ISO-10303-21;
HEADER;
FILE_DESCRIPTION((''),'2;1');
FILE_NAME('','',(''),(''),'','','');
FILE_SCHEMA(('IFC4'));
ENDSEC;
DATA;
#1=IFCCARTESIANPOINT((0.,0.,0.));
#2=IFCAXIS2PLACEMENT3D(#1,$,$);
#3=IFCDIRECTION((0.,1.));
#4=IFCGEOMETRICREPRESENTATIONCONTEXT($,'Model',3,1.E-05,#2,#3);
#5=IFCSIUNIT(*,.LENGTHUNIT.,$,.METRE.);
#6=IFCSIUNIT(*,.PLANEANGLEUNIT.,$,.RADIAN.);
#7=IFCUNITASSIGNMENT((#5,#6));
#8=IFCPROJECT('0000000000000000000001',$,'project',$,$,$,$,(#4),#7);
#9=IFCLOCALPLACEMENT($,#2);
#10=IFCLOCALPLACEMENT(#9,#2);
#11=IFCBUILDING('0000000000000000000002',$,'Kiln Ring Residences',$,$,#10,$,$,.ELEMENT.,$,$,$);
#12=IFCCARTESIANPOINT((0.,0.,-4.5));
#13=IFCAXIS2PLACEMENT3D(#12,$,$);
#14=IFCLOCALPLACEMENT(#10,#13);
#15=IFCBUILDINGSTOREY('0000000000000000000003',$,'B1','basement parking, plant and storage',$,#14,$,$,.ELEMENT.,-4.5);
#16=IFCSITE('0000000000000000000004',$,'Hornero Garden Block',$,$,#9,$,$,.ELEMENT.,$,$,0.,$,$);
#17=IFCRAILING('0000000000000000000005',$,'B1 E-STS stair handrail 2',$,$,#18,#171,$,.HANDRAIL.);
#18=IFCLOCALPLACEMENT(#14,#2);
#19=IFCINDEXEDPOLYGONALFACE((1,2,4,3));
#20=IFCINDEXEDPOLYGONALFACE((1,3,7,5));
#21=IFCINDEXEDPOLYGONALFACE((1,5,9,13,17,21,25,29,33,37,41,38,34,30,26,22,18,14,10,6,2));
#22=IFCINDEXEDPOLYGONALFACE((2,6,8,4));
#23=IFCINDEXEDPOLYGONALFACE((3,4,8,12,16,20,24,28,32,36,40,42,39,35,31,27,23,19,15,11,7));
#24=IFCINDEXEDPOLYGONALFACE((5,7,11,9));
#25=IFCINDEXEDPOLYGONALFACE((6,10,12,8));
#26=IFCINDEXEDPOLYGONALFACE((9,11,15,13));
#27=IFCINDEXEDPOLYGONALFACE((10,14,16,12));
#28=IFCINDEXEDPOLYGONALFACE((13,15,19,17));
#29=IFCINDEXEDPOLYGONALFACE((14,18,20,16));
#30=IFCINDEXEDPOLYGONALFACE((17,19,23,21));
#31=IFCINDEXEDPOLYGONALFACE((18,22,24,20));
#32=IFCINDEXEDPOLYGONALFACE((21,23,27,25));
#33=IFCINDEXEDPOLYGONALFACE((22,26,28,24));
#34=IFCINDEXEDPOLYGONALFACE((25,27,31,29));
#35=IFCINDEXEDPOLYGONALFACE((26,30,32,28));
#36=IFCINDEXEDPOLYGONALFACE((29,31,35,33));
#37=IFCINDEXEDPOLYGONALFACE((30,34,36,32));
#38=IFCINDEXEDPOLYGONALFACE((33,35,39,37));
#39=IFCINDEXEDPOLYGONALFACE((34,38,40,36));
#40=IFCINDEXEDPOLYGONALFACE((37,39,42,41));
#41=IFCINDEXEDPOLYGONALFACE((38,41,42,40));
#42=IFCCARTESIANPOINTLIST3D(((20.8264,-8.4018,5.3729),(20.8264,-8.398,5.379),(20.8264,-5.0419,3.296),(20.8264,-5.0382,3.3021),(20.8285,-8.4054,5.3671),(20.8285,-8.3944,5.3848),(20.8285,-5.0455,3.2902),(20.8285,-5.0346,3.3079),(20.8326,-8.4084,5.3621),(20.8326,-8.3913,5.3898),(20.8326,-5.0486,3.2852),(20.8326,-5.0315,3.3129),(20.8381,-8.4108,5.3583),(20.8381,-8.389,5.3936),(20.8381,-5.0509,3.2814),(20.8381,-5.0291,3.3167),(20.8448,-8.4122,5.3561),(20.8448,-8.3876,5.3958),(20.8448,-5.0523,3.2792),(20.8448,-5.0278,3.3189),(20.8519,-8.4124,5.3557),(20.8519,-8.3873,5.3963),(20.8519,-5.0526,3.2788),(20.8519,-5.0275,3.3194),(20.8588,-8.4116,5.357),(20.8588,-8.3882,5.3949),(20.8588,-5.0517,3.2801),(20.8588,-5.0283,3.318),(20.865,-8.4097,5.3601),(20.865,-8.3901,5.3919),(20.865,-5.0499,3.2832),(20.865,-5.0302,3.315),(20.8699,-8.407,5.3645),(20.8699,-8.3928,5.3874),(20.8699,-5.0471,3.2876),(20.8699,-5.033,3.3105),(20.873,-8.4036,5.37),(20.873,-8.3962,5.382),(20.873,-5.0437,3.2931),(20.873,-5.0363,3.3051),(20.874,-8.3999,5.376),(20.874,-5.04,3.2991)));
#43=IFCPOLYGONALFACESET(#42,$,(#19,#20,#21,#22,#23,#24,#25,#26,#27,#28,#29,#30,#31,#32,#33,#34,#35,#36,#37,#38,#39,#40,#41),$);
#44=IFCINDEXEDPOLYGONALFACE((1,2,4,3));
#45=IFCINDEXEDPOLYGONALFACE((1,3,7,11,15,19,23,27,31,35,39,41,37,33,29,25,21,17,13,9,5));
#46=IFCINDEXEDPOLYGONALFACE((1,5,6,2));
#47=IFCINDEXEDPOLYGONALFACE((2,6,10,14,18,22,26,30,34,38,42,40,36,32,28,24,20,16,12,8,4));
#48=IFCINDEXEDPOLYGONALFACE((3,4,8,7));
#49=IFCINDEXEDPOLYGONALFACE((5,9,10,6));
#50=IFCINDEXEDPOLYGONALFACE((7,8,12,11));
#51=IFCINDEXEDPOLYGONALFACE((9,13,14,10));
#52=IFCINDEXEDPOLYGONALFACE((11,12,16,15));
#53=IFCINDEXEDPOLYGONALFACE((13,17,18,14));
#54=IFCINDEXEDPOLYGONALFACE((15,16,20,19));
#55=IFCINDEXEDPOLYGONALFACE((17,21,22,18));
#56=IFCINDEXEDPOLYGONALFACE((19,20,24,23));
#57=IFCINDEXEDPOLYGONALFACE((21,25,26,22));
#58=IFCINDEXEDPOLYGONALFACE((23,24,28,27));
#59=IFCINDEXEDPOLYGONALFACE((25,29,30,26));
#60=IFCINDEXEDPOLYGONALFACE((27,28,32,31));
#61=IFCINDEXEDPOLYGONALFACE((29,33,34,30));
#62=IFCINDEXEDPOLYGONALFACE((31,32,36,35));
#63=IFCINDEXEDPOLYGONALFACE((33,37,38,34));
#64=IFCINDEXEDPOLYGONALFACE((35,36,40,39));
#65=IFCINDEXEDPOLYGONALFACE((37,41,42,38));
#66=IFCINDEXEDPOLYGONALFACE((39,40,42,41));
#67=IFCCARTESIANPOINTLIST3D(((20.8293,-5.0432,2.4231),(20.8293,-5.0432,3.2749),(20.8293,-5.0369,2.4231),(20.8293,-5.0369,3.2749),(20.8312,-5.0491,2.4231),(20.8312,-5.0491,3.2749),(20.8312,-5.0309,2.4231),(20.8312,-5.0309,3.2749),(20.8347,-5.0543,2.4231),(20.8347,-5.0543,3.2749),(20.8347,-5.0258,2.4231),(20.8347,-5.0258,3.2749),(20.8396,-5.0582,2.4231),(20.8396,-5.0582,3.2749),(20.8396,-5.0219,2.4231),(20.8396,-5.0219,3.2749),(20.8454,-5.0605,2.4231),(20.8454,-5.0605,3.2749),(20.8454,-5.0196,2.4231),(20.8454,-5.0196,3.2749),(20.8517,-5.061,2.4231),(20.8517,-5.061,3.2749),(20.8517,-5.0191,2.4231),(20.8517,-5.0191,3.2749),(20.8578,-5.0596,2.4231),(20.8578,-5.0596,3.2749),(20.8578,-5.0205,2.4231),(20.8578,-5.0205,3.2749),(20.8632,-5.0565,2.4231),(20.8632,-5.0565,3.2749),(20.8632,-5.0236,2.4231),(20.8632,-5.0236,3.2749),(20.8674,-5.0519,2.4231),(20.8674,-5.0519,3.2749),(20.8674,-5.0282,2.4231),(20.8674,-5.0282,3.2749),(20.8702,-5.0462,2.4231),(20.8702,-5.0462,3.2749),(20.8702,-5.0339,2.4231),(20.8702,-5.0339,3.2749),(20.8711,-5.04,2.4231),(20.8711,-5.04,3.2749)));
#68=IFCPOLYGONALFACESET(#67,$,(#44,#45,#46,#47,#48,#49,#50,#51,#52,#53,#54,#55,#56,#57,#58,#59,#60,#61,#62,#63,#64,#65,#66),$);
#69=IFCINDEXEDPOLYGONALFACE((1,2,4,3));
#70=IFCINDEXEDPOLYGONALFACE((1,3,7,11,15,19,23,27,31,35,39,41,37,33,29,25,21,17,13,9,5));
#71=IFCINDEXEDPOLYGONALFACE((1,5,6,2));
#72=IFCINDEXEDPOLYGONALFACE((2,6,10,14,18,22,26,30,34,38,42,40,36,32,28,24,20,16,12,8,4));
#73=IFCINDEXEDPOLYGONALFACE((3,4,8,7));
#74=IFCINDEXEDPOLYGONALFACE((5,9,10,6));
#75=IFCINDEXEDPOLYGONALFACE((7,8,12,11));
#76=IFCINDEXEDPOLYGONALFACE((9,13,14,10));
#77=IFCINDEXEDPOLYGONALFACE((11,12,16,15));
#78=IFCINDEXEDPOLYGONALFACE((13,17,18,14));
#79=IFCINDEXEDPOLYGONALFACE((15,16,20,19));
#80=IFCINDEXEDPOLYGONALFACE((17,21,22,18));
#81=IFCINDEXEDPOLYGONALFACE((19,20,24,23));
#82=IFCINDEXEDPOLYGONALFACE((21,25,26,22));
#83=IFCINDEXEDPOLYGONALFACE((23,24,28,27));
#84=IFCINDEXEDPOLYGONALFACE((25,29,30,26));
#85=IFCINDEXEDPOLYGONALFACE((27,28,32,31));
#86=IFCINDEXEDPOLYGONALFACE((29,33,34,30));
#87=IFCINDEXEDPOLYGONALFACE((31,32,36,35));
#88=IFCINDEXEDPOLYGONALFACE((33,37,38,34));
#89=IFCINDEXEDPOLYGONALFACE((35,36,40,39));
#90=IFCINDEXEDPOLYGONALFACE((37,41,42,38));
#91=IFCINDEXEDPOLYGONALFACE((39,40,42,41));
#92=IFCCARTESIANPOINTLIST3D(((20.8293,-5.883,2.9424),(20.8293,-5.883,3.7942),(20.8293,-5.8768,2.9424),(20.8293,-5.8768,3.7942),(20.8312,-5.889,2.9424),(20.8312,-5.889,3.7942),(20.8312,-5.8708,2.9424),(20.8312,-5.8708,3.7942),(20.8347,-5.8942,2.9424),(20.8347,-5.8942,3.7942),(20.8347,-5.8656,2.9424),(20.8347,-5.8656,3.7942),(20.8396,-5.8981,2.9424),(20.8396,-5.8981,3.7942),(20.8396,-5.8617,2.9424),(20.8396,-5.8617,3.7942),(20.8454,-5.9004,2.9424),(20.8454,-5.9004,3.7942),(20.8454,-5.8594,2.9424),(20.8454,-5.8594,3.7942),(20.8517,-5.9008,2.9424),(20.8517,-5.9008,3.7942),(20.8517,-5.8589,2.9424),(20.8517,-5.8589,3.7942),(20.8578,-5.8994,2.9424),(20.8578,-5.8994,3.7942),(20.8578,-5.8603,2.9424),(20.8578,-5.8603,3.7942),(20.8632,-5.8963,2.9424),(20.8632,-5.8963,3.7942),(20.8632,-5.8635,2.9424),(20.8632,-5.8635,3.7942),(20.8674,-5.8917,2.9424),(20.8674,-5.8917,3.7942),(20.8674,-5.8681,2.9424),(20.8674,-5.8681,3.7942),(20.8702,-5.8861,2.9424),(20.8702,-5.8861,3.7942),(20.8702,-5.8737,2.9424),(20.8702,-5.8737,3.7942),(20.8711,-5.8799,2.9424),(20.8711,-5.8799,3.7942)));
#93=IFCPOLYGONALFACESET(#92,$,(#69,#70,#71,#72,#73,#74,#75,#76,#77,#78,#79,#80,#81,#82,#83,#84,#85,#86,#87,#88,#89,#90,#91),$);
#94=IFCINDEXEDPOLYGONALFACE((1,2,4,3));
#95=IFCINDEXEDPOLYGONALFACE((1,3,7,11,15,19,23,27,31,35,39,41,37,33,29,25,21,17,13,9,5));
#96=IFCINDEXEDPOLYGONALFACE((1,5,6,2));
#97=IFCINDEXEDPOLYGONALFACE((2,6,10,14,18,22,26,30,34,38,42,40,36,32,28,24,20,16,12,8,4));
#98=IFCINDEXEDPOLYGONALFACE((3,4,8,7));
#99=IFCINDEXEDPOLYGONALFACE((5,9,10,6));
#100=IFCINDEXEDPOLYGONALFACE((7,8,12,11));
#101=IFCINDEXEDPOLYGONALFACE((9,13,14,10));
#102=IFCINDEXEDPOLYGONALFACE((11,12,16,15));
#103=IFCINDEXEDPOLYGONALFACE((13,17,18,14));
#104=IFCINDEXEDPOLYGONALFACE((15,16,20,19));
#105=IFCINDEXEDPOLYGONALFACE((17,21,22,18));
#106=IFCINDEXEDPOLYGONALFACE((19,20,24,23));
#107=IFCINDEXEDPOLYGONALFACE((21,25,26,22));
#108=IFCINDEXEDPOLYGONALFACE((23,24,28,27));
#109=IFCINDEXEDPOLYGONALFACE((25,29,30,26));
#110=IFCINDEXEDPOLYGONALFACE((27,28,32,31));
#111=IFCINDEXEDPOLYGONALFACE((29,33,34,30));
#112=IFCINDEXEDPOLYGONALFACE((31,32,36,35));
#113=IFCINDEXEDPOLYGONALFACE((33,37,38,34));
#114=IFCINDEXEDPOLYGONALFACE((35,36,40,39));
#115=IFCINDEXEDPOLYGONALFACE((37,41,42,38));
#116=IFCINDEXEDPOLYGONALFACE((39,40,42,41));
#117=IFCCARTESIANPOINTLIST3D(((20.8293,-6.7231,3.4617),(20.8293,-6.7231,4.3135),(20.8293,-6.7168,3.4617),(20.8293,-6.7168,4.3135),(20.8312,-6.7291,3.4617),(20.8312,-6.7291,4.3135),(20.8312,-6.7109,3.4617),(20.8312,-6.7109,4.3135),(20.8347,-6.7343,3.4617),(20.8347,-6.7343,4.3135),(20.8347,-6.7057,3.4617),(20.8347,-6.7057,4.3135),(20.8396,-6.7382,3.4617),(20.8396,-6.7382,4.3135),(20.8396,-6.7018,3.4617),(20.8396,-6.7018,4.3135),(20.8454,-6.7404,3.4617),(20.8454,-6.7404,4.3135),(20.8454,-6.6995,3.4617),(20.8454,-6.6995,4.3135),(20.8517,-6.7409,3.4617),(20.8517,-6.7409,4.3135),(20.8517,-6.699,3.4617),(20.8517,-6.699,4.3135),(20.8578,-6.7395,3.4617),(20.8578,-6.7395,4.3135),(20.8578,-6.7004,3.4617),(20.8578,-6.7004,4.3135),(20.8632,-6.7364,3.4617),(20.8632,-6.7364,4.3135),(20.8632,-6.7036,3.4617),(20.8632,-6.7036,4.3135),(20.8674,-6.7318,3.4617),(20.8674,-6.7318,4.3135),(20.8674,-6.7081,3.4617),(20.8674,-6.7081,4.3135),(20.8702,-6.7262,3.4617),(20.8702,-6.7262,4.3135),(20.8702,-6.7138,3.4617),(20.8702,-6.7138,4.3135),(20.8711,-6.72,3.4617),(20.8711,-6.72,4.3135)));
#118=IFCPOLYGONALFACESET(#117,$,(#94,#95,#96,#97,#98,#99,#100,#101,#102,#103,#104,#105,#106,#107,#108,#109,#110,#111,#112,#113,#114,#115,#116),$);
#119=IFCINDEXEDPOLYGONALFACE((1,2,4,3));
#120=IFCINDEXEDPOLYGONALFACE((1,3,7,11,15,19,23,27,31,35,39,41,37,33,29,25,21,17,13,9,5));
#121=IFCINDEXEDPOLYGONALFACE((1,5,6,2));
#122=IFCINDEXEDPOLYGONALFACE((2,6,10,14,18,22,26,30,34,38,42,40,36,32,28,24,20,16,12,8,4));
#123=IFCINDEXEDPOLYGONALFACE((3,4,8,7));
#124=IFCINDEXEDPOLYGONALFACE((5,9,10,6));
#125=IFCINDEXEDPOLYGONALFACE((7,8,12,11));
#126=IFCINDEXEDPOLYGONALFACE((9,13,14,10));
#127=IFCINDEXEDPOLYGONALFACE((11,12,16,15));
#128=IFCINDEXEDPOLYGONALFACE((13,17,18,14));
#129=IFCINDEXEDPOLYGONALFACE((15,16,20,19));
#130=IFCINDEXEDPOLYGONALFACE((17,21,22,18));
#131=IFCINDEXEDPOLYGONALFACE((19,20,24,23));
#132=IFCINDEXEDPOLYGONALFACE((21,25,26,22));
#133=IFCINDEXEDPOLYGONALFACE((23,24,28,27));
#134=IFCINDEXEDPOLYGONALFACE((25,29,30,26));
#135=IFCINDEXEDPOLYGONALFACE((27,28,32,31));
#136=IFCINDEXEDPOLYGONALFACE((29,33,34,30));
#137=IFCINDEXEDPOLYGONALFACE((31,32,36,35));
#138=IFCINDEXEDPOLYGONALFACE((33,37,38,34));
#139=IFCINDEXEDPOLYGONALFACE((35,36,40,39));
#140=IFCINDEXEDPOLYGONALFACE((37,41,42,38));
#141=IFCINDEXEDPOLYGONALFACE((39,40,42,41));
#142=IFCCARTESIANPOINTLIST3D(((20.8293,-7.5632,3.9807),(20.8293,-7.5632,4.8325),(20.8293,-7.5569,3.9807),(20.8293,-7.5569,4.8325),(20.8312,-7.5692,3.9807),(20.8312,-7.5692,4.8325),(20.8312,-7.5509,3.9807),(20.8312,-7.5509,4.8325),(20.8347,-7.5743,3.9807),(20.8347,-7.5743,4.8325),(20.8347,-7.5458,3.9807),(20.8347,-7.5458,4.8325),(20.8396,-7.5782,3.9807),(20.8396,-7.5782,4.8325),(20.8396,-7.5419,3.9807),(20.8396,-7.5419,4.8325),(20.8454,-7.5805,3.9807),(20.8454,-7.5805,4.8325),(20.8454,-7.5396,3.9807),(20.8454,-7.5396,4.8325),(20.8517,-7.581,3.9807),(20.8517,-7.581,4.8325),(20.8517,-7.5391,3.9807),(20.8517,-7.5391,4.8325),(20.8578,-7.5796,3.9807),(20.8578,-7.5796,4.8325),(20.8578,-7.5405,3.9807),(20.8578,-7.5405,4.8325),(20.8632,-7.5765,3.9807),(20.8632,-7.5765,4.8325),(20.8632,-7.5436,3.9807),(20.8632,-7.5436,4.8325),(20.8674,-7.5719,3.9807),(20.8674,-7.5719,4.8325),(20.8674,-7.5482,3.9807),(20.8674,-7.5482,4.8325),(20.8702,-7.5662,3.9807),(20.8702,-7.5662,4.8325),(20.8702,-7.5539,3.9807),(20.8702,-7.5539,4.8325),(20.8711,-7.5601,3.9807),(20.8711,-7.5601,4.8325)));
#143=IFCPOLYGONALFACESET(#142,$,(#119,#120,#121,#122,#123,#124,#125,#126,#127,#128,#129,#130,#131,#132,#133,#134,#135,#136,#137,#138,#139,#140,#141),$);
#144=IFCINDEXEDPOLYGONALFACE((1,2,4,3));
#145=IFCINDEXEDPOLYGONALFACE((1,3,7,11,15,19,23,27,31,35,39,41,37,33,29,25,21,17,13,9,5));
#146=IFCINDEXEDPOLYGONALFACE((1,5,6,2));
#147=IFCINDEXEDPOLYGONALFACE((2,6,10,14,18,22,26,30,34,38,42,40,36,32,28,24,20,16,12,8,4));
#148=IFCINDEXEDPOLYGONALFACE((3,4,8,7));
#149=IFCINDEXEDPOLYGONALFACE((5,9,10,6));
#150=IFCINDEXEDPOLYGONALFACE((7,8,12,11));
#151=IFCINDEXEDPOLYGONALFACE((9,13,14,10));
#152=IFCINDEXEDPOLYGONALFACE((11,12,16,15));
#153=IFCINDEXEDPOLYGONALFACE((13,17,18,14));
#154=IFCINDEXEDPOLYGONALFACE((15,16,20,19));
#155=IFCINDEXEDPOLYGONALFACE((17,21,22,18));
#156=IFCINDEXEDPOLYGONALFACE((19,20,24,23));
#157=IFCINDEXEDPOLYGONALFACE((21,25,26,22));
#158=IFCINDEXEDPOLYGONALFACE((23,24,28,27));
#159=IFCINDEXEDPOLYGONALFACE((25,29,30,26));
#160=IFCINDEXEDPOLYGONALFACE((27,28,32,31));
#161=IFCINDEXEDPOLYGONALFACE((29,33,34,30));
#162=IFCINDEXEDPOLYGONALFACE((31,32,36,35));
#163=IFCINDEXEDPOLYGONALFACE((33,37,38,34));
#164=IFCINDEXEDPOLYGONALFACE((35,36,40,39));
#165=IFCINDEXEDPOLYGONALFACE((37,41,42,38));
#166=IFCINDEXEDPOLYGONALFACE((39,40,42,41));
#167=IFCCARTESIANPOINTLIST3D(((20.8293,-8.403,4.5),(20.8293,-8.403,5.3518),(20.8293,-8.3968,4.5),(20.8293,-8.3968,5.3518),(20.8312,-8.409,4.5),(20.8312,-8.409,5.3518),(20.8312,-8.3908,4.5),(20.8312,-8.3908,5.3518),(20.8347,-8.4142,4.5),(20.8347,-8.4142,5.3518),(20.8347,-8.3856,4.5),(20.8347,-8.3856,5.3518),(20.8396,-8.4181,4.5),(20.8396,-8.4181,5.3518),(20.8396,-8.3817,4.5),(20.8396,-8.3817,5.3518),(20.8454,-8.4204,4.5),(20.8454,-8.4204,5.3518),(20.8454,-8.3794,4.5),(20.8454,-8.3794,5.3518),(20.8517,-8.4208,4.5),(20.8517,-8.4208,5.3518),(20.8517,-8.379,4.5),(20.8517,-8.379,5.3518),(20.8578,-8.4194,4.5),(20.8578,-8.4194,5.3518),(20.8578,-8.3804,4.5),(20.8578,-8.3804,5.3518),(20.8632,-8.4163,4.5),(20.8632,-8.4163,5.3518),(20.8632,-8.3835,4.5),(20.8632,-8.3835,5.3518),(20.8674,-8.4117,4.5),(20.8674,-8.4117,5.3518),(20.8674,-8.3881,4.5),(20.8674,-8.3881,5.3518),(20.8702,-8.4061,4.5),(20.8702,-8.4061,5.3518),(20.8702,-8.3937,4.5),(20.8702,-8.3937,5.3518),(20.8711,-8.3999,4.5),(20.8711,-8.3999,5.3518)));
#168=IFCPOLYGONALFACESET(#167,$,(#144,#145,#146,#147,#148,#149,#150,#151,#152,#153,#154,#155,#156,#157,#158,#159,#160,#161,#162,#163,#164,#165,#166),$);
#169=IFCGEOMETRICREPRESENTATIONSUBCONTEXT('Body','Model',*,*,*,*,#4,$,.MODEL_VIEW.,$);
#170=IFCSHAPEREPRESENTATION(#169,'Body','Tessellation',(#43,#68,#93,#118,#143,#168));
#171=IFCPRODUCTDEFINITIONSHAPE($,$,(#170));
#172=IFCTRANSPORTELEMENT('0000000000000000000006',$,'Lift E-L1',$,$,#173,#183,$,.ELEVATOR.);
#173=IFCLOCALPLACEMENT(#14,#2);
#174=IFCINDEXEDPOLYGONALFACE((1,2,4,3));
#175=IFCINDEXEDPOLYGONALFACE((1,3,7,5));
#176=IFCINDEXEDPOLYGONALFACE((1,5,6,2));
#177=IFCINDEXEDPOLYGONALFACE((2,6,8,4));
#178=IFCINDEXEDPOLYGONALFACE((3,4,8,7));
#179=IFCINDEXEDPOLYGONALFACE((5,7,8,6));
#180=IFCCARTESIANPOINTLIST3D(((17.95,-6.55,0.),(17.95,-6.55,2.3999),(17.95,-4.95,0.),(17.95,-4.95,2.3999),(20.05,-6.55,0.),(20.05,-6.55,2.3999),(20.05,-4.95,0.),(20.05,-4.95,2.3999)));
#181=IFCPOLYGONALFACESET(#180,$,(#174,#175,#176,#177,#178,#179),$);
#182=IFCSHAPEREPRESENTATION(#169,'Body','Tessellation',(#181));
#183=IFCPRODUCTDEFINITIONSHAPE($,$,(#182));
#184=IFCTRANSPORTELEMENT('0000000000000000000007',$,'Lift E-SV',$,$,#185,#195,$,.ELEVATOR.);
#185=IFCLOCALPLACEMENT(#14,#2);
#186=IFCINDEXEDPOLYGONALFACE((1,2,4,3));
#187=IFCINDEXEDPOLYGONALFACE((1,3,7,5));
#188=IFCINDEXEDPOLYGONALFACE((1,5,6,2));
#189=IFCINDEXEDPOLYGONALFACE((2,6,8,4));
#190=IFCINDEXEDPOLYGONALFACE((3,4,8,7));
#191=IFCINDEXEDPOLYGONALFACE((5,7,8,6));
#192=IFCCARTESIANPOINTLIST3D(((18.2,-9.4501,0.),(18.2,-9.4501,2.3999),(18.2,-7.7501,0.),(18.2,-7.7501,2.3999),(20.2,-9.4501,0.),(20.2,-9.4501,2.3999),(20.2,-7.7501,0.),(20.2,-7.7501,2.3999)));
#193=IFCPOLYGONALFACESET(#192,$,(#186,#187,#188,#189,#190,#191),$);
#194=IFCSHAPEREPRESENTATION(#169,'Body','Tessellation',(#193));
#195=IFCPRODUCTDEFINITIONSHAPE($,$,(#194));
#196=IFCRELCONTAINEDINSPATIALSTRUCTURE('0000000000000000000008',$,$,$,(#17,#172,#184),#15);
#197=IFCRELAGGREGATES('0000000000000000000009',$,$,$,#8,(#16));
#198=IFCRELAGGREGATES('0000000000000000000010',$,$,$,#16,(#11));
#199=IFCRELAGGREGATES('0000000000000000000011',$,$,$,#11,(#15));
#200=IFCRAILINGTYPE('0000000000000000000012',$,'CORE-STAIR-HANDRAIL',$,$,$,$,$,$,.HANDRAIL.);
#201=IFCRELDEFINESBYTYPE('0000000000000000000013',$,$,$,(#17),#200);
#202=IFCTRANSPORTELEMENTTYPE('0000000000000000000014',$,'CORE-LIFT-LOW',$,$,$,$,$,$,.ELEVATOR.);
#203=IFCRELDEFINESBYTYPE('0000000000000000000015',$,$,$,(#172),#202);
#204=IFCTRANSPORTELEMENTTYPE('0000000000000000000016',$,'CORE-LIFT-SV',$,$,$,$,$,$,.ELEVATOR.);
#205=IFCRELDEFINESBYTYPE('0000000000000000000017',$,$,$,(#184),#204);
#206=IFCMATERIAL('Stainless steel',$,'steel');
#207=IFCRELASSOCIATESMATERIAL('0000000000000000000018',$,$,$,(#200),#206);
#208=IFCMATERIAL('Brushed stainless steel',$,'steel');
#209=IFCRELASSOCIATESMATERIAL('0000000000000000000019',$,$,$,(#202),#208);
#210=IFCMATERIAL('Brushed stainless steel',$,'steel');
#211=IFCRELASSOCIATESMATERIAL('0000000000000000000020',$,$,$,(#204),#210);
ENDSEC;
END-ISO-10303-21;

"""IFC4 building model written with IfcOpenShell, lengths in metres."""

from ifc_helpers import new_model, si_unit, direction, frame, origin, origin_2d, place, context, subcontext, project, spatial, rectangle, circle, extrude, material, type_object, element, save


model = new_model("IFC4")

# Units and contexts
model_context = context("Model", 3, precision=1e-05, world=origin(), true_north=direction((0.0, 1.0)))
body_context = subcontext(model_context, "Body", "Model", "MODEL_VIEW")
ifc_project = project(units=[si_unit("LENGTHUNIT", "METRE"), si_unit("PLANEANGLEUNIT", "RADIAN")], contexts=[model_context])

# Site, building, storey
site_placement = place(None, origin())
site = spatial("IfcSite", under=ifc_project, at=site_placement, Name="Hornero Garden Block", CompositionType="ELEMENT", RefElevation=0.0)
building_placement = place(site_placement, origin())
building = spatial("IfcBuilding", under=site, at=building_placement, Name="Kiln Ring Residences", CompositionType="ELEMENT")
storey_placement = place(building_placement, frame((0.0, 0.0, -4.5)))
storey = spatial("IfcBuildingStorey", under=building, at=storey_placement, Name="B1", Description="basement parking, plant and storage", CompositionType="ELEMENT", Elevation=-4.5)

# Railing
ifc_material_1 = material(Name="Stainless steel", Category="steel")
railing_type_1 = type_object("IfcRailingType", Name="CORE-STAIR-HANDRAIL", PredefinedType="HANDRAIL", material=ifc_material_1)
railing_1_placement = place(storey_placement, frame((20.8501, -5.04, 2.4231)))
element("IfcRailing", 1, at=railing_1_placement, inside=storey, type_object=railing_type_1, Name="B1 E-STS stair handrail 2", PredefinedType="HANDRAIL", context=body_context, shape_type="SweptSolid", body=[
    extrude(circle(Radius=0.0239, at=origin_2d()), frame((0.0, 0.0, 0.876), z_axis=(0.0, -0.850606, 0.525803), x_axis=(1.0, 0.0, 0.0)), (0.0, 0.0, 1.0), 3.95),
    extrude(circle(Radius=0.021, at=origin_2d()), origin(), (0.0, 0.0, 1.0), 0.8518),
    extrude(circle(Radius=0.021, at=origin_2d()), frame((0.0, -0.8398, 0.5193)), (0.0, 0.0, 1.0), 0.8518),
    extrude(circle(Radius=0.021, at=origin_2d()), frame((0.0, -1.6799, 1.0386)), (0.0, 0.0, 1.0), 0.8518),
    extrude(circle(Radius=0.021, at=origin_2d()), frame((0.0, -2.52, 1.5576)), (0.0, 0.0, 1.0), 0.8518),
    extrude(circle(Radius=0.021, at=origin_2d()), frame((0.0, -3.3599, 2.0769)), (0.0, 0.0, 1.0), 0.8518),
])

# Transport elements
ifc_material_2 = material(Name="Brushed stainless steel", Category="steel")
transport_element_type_1 = type_object("IfcTransportElementType", Name="CORE-LIFT-LOW", PredefinedType="ELEVATOR", material=ifc_material_2)
transport_element_1_placement = place(storey_placement, frame((19.0, -5.75, 0.0), z_axis=(0.0, 0.0, 1.0), x_axis=(1.0, 0.0, 0.0)))
element("IfcTransportElement", 2, at=transport_element_1_placement, inside=storey, type_object=transport_element_type_1, Name="Lift E-L1", PredefinedType="ELEVATOR", context=body_context, shape_type="SweptSolid", body=[
    extrude(rectangle(XDim=2.1001, YDim=1.6001, at=origin_2d()), origin(), (0.0, 0.0, 1.0), 2.3999),
])
ifc_material_3 = material(Name="Brushed stainless steel", Category="steel")
transport_element_type_2 = type_object("IfcTransportElementType", Name="CORE-LIFT-SV", PredefinedType="ELEVATOR", material=ifc_material_3)
transport_element_2_placement = place(storey_placement, frame((19.2, -8.6001, 0.0), z_axis=(0.0, 0.0, 1.0), x_axis=(1.0, 0.0, 0.0)))
element("IfcTransportElement", 3, at=transport_element_2_placement, inside=storey, type_object=transport_element_type_2, Name="Lift E-SV", PredefinedType="ELEVATOR", context=body_context, shape_type="SweptSolid", body=[
    extrude(rectangle(XDim=2.0, YDim=1.7, at=origin_2d()), origin(), (0.0, 0.0, 1.0), 2.3999),
])

save(model, "model.ifc")
